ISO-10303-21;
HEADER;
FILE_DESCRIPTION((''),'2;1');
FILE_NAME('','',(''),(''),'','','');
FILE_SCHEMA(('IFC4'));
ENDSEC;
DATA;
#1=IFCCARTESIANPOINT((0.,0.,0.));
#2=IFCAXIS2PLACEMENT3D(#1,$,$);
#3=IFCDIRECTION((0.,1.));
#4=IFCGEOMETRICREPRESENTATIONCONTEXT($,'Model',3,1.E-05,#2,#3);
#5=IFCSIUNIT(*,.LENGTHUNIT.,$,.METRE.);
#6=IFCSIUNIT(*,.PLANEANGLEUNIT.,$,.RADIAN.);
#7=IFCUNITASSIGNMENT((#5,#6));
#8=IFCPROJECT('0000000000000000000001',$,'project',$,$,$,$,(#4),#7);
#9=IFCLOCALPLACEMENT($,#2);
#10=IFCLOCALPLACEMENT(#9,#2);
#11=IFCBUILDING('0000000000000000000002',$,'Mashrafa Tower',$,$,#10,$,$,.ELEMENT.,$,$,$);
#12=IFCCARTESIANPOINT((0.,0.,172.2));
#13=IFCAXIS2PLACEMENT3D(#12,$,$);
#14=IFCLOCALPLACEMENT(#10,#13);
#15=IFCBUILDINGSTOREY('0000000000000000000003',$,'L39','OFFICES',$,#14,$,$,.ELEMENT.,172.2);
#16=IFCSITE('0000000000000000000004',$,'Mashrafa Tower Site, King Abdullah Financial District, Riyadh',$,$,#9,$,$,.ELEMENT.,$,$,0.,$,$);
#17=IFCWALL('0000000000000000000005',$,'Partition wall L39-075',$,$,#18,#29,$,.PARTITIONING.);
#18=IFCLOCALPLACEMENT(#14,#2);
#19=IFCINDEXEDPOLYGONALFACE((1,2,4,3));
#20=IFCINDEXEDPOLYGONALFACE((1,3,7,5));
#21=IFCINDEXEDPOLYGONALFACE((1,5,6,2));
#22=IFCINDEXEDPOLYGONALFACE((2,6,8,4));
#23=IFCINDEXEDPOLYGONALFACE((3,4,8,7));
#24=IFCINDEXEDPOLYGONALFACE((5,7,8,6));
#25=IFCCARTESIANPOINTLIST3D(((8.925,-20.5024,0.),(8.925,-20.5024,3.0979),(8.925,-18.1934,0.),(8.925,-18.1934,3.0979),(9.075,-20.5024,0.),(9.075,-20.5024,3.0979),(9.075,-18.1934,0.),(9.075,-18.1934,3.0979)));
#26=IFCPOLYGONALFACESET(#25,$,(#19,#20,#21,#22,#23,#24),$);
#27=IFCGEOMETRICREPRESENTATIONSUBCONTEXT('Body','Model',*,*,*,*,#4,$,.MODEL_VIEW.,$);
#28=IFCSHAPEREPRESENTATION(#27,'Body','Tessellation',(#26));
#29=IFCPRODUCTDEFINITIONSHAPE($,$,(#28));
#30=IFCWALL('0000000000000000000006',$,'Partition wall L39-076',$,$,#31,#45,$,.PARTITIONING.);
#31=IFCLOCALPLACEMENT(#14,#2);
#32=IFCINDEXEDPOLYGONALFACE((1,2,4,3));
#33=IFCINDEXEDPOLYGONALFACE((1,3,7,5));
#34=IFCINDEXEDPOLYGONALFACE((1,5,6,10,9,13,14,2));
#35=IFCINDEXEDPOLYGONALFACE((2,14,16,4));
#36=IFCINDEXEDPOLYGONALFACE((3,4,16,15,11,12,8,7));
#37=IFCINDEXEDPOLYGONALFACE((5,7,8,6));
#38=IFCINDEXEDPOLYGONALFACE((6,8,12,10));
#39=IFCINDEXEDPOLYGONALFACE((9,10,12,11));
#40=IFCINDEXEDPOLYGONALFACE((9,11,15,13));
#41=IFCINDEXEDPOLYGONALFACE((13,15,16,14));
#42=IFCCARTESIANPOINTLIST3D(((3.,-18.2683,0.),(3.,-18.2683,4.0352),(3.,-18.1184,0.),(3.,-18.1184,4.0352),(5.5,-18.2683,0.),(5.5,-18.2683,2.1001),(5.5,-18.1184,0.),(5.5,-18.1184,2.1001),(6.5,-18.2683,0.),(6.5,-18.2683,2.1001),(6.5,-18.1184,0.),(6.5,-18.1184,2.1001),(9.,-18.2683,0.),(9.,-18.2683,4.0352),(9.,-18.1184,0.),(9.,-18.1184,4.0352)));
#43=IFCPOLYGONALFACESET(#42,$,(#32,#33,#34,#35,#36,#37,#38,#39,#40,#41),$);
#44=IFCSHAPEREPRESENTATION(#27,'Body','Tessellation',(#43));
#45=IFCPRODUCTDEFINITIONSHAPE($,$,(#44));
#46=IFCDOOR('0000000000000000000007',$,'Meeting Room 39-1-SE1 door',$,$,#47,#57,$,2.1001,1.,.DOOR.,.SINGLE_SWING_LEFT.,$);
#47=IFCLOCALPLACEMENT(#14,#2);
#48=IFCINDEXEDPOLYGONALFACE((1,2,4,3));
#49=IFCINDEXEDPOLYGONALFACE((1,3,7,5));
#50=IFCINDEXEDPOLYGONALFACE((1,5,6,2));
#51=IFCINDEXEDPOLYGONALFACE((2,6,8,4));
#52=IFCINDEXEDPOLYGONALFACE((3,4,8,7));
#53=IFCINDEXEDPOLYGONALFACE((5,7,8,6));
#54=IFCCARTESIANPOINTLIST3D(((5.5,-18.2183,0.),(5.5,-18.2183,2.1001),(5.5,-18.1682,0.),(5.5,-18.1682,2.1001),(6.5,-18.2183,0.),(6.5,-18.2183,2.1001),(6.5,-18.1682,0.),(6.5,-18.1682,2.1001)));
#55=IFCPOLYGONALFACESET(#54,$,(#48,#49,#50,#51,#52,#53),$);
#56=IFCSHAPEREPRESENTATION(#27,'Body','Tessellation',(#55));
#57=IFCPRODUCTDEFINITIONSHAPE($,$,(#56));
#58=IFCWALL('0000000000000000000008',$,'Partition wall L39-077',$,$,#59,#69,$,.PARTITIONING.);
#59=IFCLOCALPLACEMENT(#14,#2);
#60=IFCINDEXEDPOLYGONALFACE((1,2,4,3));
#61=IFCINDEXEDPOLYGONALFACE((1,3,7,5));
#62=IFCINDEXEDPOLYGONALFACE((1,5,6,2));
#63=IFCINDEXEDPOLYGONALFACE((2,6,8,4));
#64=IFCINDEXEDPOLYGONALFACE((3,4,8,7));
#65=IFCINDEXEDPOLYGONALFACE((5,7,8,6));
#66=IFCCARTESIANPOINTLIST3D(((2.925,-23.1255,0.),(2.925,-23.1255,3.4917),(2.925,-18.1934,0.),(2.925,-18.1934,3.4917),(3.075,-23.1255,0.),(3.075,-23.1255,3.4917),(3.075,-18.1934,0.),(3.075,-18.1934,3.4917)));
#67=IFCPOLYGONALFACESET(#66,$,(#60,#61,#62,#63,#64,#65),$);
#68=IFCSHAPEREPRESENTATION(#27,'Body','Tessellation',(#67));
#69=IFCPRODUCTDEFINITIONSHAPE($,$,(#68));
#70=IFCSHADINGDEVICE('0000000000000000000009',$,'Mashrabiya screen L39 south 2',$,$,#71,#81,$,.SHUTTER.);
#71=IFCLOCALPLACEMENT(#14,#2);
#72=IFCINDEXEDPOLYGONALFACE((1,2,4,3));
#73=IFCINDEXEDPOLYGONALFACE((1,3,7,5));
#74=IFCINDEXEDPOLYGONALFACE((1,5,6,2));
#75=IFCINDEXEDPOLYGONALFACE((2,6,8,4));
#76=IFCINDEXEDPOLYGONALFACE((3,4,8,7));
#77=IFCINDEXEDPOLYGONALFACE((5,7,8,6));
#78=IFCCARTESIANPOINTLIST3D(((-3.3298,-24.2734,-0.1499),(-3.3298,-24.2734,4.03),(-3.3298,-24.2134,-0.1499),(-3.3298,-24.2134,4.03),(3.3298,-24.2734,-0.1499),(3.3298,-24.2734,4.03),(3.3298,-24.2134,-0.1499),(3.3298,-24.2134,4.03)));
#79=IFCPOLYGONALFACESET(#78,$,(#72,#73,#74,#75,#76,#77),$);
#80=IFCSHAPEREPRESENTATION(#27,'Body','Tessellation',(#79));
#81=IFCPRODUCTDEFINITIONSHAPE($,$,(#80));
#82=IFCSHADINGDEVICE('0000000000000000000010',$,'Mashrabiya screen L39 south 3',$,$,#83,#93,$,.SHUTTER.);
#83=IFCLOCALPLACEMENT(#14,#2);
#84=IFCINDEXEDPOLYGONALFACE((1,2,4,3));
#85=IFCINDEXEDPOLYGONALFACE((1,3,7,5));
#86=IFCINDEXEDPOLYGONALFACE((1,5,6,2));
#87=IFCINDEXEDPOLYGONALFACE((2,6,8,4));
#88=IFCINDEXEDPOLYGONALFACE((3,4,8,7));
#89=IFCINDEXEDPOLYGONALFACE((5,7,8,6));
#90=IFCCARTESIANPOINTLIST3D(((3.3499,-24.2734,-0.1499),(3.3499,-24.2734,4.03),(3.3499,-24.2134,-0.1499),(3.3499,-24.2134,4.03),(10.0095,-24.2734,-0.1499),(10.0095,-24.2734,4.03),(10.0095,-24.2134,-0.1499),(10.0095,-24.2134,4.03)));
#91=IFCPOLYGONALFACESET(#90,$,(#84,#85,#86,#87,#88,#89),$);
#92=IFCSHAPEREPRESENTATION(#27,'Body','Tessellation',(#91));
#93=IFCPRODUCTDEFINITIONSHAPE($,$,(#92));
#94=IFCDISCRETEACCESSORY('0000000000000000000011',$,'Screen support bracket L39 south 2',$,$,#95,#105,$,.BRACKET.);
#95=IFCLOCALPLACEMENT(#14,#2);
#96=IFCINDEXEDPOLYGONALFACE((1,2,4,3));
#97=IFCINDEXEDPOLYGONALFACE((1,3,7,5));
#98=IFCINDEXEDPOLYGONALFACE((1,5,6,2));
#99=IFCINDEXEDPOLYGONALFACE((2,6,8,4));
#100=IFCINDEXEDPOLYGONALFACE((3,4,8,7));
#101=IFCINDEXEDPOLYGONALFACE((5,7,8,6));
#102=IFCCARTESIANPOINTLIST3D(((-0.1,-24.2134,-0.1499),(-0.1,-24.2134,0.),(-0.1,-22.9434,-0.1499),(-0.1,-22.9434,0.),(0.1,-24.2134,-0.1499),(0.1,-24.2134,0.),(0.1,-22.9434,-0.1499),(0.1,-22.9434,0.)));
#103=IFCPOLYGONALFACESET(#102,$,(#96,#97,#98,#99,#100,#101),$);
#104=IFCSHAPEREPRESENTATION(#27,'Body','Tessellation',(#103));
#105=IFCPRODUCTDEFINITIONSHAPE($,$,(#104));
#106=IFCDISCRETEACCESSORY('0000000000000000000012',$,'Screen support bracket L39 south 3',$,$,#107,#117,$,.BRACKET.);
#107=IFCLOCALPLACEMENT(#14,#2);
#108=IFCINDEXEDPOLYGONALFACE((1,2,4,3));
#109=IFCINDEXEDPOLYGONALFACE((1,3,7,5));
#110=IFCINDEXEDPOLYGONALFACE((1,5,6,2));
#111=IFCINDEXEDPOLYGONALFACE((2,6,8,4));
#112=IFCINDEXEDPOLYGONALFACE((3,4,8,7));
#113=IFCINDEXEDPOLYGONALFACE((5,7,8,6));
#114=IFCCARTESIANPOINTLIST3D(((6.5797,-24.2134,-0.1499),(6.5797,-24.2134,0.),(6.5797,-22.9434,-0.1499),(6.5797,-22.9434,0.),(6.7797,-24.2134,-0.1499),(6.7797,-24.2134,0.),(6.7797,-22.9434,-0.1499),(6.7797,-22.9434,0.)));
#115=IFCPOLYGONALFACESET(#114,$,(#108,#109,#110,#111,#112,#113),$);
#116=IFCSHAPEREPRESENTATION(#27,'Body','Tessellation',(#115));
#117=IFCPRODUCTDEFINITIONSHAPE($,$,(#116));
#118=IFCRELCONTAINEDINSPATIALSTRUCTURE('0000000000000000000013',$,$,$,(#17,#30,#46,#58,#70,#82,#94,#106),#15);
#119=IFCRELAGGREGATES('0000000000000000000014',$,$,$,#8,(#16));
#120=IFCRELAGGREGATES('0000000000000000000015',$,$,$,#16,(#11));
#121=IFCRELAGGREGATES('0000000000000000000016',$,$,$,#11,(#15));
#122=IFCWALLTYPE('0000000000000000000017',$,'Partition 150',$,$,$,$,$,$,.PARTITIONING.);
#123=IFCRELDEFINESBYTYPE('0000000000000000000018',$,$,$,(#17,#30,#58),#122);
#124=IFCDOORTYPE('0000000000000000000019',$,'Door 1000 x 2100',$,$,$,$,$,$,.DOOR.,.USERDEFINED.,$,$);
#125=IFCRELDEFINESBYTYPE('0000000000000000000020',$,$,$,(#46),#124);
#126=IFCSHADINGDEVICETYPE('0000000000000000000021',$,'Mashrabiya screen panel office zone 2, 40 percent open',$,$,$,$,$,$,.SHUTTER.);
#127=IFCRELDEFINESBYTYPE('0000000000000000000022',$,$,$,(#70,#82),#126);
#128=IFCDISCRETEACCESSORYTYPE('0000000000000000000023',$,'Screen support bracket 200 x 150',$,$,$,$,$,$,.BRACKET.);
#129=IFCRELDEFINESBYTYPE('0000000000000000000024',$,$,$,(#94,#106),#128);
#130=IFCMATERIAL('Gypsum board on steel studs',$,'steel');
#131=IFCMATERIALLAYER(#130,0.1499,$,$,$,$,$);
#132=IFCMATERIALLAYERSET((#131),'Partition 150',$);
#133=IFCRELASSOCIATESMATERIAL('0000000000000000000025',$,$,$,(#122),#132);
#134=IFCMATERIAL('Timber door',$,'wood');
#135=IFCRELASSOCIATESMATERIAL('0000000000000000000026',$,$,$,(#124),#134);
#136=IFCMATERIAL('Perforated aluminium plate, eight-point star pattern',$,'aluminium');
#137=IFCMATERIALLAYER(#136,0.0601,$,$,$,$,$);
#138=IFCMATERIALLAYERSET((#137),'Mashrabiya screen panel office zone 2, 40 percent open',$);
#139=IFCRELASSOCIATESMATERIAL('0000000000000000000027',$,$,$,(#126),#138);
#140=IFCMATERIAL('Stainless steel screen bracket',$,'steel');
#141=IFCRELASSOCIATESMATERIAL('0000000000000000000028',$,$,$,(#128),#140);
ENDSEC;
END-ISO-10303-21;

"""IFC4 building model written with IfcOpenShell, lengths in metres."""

from ifc_helpers import new_model, si_unit, direction, frame, frame_2d, origin, origin_2d, place, context, subcontext, project, spatial, rectangle, extrude, source, transform, mapped, material, layer, layer_set, type_object, type_shapes, element, fill, save


model = new_model("IFC4")

# Units and contexts
model_context = context("Model", 3, precision=1e-05, world=origin(), true_north=direction((0.0, 1.0)))
body_context = subcontext(model_context, "Body", "Model", "MODEL_VIEW")
ifc_project = project(units=[si_unit("LENGTHUNIT", "METRE"), si_unit("PLANEANGLEUNIT", "RADIAN")], contexts=[model_context])

# Site, building, storey
site_placement = place(None, origin())
site = spatial("IfcSite", under=ifc_project, at=site_placement, Name="Mashrafa Tower Site, King Abdullah Financial District, Riyadh", CompositionType="ELEMENT", RefElevation=0.0)
building_placement = place(site_placement, origin())
building = spatial("IfcBuilding", under=site, at=building_placement, Name="Mashrafa Tower", CompositionType="ELEMENT")
storey_placement = place(building_placement, frame((0.0, 0.0, 172.2)))
storey = spatial("IfcBuildingStorey", under=building, at=storey_placement, Name="L39", Description="OFFICES", CompositionType="ELEMENT", Elevation=172.2)

# Wall
ifc_material_1 = material(Name="Gypsum board on steel studs", Category="steel")
ifc_layer_1 = layer(ifc_material_1, 0.1499)
ifc_layer_set_1 = layer_set([ifc_layer_1], Name="Partition 150")
wall_type_1 = type_object("IfcWallType", Name="Partition 150", PredefinedType="PARTITIONING", material=ifc_layer_set_1)
wall_1_placement = place(storey_placement, frame((9.0, -20.5024, 0.0), z_axis=(0.0, 0.0, 1.0), x_axis=(0.0, 1.0, 0.0)))
element("IfcWall", 1, at=wall_1_placement, inside=storey, type_object=wall_type_1, Name="Partition wall L39-075", PredefinedType="PARTITIONING", context=body_context, shape_type="SweptSolid", body=[
    extrude(rectangle(XDim=2.3091, YDim=0.1499, at=frame_2d((1.1545, 0.0))), origin(), (0.0, 0.0, 1.0), 3.0979),
])

# Wall, opening, door
wall_2_placement = place(storey_placement, frame((9.0, -18.1934, 0.0), z_axis=(0.0, 0.0, 1.0), x_axis=(-1.0, 0.0, 0.0)))
wall_2 = element("IfcWall", 2, at=wall_2_placement, inside=storey, type_object=wall_type_1, Name="Partition wall L39-076", PredefinedType="PARTITIONING", context=body_context, shape_type="SweptSolid", body=[
    extrude(rectangle(XDim=6.0, YDim=0.1499, at=frame_2d((3.0, 0.0))), origin(), (0.0, 0.0, 1.0), 4.0352),
])
opening_1_placement = place(wall_2_placement, frame((2.5, 0.0, 0.0)))
opening_1 = element("IfcOpeningElement", 3, at=opening_1_placement, cuts=wall_2, PredefinedType="OPENING", context=body_context, shape_type="SweptSolid", body=[
    extrude(rectangle(XDim=1.0, YDim=2.1001, at=frame_2d((0.5, 1.05))), frame((0.0, 0.085, 0.0), z_axis=(0.0, -1.0, 0.0), x_axis=(1.0, 0.0, 0.0)), (0.0, 0.0, 1.0), 0.1699),
])
ifc_material_2 = material(Name="Timber door", Category="wood")
door_type_1 = type_object("IfcDoorType", Name="Door 1000 x 2100", OperationType="USERDEFINED", PredefinedType="DOOR", material=ifc_material_2)
door_1_placement = place(opening_1_placement, origin())
door_1 = element("IfcDoor", 4, at=door_1_placement, inside=storey, type_object=door_type_1, Name="Meeting Room 39-1-SE1 door", OperationType="SINGLE_SWING_LEFT", OverallHeight=2.1001, OverallWidth=1.0, PredefinedType="DOOR", context=body_context, shape_type="SweptSolid", body=[
    extrude(rectangle(XDim=1.0, YDim=2.1001, at=frame_2d((0.5, 1.05))), frame((0.0, 0.0249, 0.0), z_axis=(0.0, -1.0, 0.0), x_axis=(1.0, 0.0, 0.0)), (0.0, 0.0, 1.0), 0.05),
])
fill(opening_1, door_1)

# Wall
wall_3_placement = place(storey_placement, frame((3.0, -18.1934, 0.0), z_axis=(0.0, 0.0, 1.0), x_axis=(0.0, -1.0, 0.0)))
element("IfcWall", 5, at=wall_3_placement, inside=storey, type_object=wall_type_1, Name="Partition wall L39-077", PredefinedType="PARTITIONING", context=body_context, shape_type="SweptSolid", body=[
    extrude(rectangle(XDim=4.9321, YDim=0.1499, at=frame_2d((2.4661, 0.0))), origin(), (0.0, 0.0, 1.0), 3.4917),
])

# Shading devices
ifc_material_3 = material(Name="Perforated aluminium plate, eight-point star pattern", Category="aluminium")
ifc_layer_2 = layer(ifc_material_3, 0.0601)
ifc_layer_set_2 = layer_set([ifc_layer_2], Name="Mashrabiya screen panel office zone 2, 40 percent open")
shading_device_type = type_object("IfcShadingDeviceType", Name="Mashrabiya screen panel office zone 2, 40 percent open", PredefinedType="SHUTTER", material=ifc_layer_set_2)
shared_shape_1 = source(origin(), body_context, "Body", "SweptSolid", [
    extrude(rectangle(XDim=6.6597, YDim=0.0601, at=origin_2d()), origin(), (0.0, 0.0, 1.0), 4.1799),
])
type_shapes(shading_device_type, [shared_shape_1])
for number, where, z_axis, x_axis, name in (
    (6, (0.0, -24.2434, -0.1499), (0.0, 0.0, 1.0), (1.0, 0.0, 0.0), "Mashrabiya screen L39 south 2"),
    (7, (6.6797, -24.2434, -0.1499), (0.0, 0.0, 1.0), (1.0, 0.0, 0.0), "Mashrabiya screen L39 south 3"),
):
    element("IfcShadingDevice", number, at=place(storey_placement, frame(where, z_axis=z_axis, x_axis=x_axis)), inside=storey, type_object=shading_device_type, Name=name, PredefinedType="SHUTTER", context=body_context, shape_type="MappedRepresentation", body=[
        mapped(shared_shape_1, transform((0.0, 0.0, 0.0))),
    ])

# Discrete accessories
ifc_material_4 = material(Name="Stainless steel screen bracket", Category="steel")
discrete_accessory_type = type_object("IfcDiscreteAccessoryType", Name="Screen support bracket 200 x 150", PredefinedType="BRACKET", material=ifc_material_4)
shared_shape_2 = source(origin(), body_context, "Body", "SweptSolid", [
    extrude(rectangle(XDim=0.2, YDim=1.27, at=origin_2d()), origin(), (0.0, 0.0, 1.0), 0.1499),
])
type_shapes(discrete_accessory_type, [shared_shape_2])
for number, where, z_axis, x_axis, name in (
    (8, (0.0, -23.5784, -0.1499), (0.0, 0.0, 1.0), (1.0, 0.0, 0.0), "Screen support bracket L39 south 2"),
    (9, (6.6797, -23.5784, -0.1499), (0.0, 0.0, 1.0), (1.0, 0.0, 0.0), "Screen support bracket L39 south 3"),
):
    element("IfcDiscreteAccessory", number, at=place(storey_placement, frame(where, z_axis=z_axis, x_axis=x_axis)), inside=storey, type_object=discrete_accessory_type, Name=name, PredefinedType="BRACKET", context=body_context, shape_type="MappedRepresentation", body=[
        mapped(shared_shape_2, transform((0.0, 0.0, 0.0))),
    ])

save(model, "model.ifc")
